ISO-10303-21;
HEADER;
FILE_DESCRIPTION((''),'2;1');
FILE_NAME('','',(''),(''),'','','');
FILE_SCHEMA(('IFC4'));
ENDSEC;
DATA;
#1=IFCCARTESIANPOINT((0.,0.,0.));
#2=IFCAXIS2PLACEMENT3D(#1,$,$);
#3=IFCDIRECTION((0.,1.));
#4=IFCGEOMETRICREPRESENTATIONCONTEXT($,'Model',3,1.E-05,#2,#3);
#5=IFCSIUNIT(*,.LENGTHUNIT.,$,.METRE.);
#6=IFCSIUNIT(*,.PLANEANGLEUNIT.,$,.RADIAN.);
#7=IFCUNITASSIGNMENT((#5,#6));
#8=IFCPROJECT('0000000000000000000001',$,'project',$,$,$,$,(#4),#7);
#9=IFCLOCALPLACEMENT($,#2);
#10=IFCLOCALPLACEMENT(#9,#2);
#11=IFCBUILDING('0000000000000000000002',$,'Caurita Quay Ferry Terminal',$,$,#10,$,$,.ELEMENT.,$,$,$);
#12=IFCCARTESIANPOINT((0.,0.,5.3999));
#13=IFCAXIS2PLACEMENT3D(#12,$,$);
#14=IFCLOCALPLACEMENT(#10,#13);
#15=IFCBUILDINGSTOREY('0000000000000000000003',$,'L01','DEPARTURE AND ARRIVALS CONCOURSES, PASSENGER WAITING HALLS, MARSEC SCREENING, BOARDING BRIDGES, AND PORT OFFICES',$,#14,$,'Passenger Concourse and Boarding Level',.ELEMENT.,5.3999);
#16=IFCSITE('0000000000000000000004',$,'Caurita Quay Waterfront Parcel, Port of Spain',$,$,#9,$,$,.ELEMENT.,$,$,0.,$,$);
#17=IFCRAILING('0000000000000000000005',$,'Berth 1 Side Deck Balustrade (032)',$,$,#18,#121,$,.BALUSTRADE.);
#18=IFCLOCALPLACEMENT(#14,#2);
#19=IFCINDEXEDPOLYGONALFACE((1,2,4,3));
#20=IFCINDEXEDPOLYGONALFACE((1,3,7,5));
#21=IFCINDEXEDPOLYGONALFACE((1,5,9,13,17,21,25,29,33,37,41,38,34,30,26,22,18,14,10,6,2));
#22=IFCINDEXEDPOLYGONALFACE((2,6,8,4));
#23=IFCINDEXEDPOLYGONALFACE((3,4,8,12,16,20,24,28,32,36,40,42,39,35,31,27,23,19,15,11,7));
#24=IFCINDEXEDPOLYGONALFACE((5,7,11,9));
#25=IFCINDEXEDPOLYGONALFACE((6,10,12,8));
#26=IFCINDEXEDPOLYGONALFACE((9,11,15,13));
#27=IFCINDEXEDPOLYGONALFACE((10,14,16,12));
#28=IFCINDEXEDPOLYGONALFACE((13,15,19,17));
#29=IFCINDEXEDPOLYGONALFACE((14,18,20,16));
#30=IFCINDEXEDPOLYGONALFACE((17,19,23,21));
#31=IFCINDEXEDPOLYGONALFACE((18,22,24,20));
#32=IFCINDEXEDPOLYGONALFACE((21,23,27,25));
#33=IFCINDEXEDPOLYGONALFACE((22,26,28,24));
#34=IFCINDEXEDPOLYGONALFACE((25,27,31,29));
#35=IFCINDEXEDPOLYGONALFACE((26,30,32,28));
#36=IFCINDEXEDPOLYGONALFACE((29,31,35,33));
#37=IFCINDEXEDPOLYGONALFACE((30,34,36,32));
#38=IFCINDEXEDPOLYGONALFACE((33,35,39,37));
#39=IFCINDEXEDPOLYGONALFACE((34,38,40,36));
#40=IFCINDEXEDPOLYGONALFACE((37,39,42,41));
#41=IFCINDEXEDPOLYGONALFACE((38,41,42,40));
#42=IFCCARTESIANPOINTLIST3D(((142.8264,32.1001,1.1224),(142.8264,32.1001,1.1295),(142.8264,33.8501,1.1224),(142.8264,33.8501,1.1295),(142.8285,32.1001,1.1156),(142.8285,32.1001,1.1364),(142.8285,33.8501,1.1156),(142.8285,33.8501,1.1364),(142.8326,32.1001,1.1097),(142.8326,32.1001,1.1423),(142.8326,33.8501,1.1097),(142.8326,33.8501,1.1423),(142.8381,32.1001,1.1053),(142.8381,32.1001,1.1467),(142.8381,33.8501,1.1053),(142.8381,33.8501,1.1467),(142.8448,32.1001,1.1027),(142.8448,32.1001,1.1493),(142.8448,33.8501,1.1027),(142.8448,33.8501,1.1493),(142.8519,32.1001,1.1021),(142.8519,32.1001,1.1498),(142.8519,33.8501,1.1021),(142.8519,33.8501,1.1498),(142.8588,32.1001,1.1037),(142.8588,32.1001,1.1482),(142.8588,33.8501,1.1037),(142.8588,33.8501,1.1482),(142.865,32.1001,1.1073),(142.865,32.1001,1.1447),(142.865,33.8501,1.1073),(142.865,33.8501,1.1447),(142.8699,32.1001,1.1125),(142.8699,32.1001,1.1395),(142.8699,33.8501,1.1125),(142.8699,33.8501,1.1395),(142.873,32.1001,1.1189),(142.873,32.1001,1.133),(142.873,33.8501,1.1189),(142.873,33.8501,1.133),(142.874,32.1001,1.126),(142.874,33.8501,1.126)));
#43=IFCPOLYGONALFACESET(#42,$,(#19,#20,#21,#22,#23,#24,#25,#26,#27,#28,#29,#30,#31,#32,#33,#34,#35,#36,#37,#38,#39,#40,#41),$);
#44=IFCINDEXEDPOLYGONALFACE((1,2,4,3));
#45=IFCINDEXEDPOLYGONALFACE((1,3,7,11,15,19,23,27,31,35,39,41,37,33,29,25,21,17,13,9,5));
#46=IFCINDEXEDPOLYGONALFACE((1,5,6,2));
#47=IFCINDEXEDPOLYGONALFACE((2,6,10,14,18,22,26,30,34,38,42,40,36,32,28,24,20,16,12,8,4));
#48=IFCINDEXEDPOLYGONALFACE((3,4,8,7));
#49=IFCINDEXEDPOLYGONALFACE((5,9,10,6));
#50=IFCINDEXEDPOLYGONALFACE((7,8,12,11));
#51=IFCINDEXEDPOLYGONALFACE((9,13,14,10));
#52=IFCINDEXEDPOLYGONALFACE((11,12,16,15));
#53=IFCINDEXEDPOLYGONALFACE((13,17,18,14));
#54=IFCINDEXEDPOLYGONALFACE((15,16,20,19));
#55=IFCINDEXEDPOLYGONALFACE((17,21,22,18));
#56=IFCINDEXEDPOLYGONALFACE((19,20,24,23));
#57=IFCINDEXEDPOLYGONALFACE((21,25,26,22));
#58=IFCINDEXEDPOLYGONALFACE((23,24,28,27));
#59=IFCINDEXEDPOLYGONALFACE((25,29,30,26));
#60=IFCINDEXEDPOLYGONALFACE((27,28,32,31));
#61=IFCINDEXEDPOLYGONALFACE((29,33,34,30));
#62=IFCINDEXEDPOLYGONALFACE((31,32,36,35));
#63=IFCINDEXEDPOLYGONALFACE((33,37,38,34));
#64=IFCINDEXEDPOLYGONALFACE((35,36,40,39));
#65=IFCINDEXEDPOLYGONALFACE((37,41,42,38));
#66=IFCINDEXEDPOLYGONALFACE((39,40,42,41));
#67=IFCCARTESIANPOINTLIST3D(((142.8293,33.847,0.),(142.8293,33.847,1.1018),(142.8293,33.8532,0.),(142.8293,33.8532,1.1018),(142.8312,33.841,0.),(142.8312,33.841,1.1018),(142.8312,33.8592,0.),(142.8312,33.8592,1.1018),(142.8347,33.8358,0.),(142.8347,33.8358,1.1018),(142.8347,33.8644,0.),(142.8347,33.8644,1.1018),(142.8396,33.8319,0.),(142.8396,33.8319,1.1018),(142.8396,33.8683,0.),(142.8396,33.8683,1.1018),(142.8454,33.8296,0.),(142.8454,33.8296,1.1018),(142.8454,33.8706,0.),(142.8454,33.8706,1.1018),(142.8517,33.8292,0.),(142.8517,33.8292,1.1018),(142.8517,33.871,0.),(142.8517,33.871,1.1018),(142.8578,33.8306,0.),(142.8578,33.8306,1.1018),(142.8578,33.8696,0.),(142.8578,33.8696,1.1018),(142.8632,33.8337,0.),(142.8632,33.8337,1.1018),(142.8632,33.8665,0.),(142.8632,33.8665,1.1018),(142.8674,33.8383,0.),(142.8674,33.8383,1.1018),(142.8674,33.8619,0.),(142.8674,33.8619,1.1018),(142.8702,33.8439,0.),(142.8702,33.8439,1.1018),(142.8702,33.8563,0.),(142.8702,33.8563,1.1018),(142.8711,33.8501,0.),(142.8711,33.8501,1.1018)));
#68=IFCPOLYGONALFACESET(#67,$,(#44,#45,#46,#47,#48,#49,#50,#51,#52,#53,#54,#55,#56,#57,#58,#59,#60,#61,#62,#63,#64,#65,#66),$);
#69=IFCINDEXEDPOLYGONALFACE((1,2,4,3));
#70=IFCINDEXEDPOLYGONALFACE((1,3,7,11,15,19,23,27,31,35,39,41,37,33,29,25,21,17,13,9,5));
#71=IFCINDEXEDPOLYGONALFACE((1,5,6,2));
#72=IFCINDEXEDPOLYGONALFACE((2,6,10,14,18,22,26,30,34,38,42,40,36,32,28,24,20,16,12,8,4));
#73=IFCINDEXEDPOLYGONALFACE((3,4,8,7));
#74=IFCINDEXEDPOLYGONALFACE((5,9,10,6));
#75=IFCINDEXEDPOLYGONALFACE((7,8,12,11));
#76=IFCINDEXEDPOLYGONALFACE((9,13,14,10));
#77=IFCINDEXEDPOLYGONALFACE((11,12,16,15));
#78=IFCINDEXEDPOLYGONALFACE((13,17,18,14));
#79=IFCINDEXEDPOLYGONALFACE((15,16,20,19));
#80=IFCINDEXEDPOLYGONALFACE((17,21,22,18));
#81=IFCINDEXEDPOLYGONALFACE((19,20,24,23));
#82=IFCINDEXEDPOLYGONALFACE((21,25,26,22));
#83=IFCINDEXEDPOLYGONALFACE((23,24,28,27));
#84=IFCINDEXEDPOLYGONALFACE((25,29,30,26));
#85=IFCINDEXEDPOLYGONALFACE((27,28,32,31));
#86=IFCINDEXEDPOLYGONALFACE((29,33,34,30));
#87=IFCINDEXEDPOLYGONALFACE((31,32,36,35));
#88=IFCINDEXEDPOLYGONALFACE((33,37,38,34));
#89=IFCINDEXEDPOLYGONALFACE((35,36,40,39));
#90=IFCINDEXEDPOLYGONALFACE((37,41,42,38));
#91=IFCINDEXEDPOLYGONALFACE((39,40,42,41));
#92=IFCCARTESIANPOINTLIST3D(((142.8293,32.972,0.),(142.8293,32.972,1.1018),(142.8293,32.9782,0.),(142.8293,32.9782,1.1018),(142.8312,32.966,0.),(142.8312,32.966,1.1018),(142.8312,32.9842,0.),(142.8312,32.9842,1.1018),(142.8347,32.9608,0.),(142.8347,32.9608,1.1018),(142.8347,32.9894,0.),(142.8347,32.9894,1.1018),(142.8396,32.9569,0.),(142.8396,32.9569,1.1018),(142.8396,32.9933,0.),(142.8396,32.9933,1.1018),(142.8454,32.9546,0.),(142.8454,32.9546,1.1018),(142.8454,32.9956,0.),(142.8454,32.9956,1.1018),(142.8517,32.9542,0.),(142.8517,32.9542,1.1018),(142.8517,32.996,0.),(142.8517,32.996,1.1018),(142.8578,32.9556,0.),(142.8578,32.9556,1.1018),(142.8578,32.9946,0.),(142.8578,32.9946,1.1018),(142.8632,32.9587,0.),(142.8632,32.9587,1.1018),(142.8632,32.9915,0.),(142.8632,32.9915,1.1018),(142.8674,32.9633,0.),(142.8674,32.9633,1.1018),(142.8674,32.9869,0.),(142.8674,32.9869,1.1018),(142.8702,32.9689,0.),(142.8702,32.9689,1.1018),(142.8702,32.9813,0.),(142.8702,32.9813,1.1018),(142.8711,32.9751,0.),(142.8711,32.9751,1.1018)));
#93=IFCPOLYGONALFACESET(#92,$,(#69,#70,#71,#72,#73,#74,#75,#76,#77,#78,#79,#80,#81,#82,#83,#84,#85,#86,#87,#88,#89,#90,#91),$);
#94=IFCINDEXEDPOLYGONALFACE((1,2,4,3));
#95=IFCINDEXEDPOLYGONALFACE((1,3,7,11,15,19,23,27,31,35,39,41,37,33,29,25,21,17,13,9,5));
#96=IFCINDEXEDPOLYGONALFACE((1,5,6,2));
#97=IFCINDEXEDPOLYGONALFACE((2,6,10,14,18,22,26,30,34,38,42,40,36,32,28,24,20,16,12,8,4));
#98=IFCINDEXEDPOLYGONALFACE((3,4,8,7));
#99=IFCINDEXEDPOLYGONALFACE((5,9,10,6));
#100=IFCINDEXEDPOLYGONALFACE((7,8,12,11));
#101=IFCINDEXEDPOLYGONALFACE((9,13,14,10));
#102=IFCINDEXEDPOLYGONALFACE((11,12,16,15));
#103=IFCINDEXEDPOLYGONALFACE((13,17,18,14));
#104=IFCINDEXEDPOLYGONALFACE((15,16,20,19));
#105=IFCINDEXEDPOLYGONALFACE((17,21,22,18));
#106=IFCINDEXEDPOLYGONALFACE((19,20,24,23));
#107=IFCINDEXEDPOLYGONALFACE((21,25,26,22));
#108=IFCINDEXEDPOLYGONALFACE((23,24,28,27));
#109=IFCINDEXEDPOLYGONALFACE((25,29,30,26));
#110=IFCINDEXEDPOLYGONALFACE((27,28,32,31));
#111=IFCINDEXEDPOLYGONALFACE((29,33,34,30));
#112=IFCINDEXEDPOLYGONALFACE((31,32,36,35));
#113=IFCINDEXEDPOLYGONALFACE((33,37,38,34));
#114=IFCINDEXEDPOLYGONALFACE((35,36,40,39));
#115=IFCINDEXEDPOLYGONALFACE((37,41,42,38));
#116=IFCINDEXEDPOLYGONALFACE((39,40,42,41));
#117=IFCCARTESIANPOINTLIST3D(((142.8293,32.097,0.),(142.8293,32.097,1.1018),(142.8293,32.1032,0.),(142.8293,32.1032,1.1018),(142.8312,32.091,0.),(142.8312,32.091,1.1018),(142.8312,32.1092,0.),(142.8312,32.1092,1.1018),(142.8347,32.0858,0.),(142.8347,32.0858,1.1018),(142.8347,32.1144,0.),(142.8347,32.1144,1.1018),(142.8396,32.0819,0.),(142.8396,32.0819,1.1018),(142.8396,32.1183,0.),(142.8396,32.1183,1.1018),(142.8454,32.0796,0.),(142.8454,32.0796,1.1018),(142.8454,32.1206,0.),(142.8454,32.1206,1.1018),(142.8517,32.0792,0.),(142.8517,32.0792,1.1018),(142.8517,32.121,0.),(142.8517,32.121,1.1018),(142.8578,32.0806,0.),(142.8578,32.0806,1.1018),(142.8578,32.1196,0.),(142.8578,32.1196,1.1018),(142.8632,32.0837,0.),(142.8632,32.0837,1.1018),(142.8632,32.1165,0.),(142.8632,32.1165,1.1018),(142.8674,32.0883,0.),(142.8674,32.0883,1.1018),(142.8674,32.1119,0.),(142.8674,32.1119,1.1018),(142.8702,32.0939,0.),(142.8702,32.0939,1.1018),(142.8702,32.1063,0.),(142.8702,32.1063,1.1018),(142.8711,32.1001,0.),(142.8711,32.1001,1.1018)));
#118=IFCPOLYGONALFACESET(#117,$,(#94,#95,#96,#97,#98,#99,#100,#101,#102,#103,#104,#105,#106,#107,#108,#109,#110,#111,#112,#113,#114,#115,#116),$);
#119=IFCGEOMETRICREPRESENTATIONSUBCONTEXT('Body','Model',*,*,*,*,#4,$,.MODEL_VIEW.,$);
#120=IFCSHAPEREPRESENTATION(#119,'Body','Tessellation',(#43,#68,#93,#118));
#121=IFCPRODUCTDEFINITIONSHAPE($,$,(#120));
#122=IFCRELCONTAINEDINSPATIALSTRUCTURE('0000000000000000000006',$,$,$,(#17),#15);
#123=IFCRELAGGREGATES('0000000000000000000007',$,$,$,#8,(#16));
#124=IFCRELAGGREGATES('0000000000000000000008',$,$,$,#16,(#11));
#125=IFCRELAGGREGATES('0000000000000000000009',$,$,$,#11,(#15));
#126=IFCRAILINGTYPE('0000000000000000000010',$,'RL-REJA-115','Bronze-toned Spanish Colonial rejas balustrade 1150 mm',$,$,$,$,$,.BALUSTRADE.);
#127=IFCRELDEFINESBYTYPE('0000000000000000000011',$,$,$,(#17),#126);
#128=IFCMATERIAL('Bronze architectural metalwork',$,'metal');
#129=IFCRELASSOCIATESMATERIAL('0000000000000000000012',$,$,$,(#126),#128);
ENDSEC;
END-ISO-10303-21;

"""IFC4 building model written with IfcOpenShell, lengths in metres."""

from ifc_helpers import new_model, si_unit, direction, frame, origin, origin_2d, place, context, subcontext, project, spatial, circle, extrude, material, type_object, element, save


model = new_model("IFC4")

# Units and contexts
model_context = context("Model", 3, precision=1e-05, world=origin(), true_north=direction((0.0, 1.0)))
body_context = subcontext(model_context, "Body", "Model", "MODEL_VIEW")
ifc_project = project(units=[si_unit("LENGTHUNIT", "METRE"), si_unit("PLANEANGLEUNIT", "RADIAN")], contexts=[model_context])

# Site, building, storey
site_placement = place(None, origin())
site = spatial("IfcSite", under=ifc_project, at=site_placement, Name="Caurita Quay Waterfront Parcel, Port of Spain", CompositionType="ELEMENT", RefElevation=0.0)
building_placement = place(site_placement, origin())
building = spatial("IfcBuilding", under=site, at=building_placement, Name="Caurita Quay Ferry Terminal", CompositionType="ELEMENT")
storey_placement = place(building_placement, frame((0.0, 0.0, 5.3999)))
storey = spatial("IfcBuildingStorey", under=building, at=storey_placement, Name="L01", Description="DEPARTURE AND ARRIVALS CONCOURSES, PASSENGER WAITING HALLS, MARSEC SCREENING, BOARDING BRIDGES, AND PORT OFFICES", LongName="Passenger Concourse and Boarding Level", CompositionType="ELEMENT", Elevation=5.3999)

# Railing
ifc_material_1 = material(Name="Bronze architectural metalwork", Category="metal")
railing_type = type_object("IfcRailingType", Name="RL-REJA-115", Description="Bronze-toned Spanish Colonial rejas balustrade 1150 mm", PredefinedType="BALUSTRADE", material=ifc_material_1)
railing_1_placement = place(storey_placement, frame((142.8501, 33.8501, 0.0)))
element("IfcRailing", 1, at=railing_1_placement, inside=storey, type_object=railing_type, Name="Berth 1 Side Deck Balustrade (032)", PredefinedType="BALUSTRADE", context=body_context, shape_type="SweptSolid", body=[
    extrude(circle(Radius=0.0239, at=origin_2d()), frame((0.0, 0.0, 1.126), z_axis=(0.0, -1.0, 0.0), x_axis=(1.0, 0.0, 0.0)), (0.0, 0.0, 1.0), 1.75),
    extrude(circle(Radius=0.021, at=origin_2d()), origin(), (0.0, 0.0, 1.0), 1.1018),
    extrude(circle(Radius=0.021, at=origin_2d()), frame((0.0, -0.875, 0.0)), (0.0, 0.0, 1.0), 1.1018),
    extrude(circle(Radius=0.021, at=origin_2d()), frame((0.0, -1.75, 0.0)), (0.0, 0.0, 1.0), 1.1018),
])

save(model, "model.ifc")
